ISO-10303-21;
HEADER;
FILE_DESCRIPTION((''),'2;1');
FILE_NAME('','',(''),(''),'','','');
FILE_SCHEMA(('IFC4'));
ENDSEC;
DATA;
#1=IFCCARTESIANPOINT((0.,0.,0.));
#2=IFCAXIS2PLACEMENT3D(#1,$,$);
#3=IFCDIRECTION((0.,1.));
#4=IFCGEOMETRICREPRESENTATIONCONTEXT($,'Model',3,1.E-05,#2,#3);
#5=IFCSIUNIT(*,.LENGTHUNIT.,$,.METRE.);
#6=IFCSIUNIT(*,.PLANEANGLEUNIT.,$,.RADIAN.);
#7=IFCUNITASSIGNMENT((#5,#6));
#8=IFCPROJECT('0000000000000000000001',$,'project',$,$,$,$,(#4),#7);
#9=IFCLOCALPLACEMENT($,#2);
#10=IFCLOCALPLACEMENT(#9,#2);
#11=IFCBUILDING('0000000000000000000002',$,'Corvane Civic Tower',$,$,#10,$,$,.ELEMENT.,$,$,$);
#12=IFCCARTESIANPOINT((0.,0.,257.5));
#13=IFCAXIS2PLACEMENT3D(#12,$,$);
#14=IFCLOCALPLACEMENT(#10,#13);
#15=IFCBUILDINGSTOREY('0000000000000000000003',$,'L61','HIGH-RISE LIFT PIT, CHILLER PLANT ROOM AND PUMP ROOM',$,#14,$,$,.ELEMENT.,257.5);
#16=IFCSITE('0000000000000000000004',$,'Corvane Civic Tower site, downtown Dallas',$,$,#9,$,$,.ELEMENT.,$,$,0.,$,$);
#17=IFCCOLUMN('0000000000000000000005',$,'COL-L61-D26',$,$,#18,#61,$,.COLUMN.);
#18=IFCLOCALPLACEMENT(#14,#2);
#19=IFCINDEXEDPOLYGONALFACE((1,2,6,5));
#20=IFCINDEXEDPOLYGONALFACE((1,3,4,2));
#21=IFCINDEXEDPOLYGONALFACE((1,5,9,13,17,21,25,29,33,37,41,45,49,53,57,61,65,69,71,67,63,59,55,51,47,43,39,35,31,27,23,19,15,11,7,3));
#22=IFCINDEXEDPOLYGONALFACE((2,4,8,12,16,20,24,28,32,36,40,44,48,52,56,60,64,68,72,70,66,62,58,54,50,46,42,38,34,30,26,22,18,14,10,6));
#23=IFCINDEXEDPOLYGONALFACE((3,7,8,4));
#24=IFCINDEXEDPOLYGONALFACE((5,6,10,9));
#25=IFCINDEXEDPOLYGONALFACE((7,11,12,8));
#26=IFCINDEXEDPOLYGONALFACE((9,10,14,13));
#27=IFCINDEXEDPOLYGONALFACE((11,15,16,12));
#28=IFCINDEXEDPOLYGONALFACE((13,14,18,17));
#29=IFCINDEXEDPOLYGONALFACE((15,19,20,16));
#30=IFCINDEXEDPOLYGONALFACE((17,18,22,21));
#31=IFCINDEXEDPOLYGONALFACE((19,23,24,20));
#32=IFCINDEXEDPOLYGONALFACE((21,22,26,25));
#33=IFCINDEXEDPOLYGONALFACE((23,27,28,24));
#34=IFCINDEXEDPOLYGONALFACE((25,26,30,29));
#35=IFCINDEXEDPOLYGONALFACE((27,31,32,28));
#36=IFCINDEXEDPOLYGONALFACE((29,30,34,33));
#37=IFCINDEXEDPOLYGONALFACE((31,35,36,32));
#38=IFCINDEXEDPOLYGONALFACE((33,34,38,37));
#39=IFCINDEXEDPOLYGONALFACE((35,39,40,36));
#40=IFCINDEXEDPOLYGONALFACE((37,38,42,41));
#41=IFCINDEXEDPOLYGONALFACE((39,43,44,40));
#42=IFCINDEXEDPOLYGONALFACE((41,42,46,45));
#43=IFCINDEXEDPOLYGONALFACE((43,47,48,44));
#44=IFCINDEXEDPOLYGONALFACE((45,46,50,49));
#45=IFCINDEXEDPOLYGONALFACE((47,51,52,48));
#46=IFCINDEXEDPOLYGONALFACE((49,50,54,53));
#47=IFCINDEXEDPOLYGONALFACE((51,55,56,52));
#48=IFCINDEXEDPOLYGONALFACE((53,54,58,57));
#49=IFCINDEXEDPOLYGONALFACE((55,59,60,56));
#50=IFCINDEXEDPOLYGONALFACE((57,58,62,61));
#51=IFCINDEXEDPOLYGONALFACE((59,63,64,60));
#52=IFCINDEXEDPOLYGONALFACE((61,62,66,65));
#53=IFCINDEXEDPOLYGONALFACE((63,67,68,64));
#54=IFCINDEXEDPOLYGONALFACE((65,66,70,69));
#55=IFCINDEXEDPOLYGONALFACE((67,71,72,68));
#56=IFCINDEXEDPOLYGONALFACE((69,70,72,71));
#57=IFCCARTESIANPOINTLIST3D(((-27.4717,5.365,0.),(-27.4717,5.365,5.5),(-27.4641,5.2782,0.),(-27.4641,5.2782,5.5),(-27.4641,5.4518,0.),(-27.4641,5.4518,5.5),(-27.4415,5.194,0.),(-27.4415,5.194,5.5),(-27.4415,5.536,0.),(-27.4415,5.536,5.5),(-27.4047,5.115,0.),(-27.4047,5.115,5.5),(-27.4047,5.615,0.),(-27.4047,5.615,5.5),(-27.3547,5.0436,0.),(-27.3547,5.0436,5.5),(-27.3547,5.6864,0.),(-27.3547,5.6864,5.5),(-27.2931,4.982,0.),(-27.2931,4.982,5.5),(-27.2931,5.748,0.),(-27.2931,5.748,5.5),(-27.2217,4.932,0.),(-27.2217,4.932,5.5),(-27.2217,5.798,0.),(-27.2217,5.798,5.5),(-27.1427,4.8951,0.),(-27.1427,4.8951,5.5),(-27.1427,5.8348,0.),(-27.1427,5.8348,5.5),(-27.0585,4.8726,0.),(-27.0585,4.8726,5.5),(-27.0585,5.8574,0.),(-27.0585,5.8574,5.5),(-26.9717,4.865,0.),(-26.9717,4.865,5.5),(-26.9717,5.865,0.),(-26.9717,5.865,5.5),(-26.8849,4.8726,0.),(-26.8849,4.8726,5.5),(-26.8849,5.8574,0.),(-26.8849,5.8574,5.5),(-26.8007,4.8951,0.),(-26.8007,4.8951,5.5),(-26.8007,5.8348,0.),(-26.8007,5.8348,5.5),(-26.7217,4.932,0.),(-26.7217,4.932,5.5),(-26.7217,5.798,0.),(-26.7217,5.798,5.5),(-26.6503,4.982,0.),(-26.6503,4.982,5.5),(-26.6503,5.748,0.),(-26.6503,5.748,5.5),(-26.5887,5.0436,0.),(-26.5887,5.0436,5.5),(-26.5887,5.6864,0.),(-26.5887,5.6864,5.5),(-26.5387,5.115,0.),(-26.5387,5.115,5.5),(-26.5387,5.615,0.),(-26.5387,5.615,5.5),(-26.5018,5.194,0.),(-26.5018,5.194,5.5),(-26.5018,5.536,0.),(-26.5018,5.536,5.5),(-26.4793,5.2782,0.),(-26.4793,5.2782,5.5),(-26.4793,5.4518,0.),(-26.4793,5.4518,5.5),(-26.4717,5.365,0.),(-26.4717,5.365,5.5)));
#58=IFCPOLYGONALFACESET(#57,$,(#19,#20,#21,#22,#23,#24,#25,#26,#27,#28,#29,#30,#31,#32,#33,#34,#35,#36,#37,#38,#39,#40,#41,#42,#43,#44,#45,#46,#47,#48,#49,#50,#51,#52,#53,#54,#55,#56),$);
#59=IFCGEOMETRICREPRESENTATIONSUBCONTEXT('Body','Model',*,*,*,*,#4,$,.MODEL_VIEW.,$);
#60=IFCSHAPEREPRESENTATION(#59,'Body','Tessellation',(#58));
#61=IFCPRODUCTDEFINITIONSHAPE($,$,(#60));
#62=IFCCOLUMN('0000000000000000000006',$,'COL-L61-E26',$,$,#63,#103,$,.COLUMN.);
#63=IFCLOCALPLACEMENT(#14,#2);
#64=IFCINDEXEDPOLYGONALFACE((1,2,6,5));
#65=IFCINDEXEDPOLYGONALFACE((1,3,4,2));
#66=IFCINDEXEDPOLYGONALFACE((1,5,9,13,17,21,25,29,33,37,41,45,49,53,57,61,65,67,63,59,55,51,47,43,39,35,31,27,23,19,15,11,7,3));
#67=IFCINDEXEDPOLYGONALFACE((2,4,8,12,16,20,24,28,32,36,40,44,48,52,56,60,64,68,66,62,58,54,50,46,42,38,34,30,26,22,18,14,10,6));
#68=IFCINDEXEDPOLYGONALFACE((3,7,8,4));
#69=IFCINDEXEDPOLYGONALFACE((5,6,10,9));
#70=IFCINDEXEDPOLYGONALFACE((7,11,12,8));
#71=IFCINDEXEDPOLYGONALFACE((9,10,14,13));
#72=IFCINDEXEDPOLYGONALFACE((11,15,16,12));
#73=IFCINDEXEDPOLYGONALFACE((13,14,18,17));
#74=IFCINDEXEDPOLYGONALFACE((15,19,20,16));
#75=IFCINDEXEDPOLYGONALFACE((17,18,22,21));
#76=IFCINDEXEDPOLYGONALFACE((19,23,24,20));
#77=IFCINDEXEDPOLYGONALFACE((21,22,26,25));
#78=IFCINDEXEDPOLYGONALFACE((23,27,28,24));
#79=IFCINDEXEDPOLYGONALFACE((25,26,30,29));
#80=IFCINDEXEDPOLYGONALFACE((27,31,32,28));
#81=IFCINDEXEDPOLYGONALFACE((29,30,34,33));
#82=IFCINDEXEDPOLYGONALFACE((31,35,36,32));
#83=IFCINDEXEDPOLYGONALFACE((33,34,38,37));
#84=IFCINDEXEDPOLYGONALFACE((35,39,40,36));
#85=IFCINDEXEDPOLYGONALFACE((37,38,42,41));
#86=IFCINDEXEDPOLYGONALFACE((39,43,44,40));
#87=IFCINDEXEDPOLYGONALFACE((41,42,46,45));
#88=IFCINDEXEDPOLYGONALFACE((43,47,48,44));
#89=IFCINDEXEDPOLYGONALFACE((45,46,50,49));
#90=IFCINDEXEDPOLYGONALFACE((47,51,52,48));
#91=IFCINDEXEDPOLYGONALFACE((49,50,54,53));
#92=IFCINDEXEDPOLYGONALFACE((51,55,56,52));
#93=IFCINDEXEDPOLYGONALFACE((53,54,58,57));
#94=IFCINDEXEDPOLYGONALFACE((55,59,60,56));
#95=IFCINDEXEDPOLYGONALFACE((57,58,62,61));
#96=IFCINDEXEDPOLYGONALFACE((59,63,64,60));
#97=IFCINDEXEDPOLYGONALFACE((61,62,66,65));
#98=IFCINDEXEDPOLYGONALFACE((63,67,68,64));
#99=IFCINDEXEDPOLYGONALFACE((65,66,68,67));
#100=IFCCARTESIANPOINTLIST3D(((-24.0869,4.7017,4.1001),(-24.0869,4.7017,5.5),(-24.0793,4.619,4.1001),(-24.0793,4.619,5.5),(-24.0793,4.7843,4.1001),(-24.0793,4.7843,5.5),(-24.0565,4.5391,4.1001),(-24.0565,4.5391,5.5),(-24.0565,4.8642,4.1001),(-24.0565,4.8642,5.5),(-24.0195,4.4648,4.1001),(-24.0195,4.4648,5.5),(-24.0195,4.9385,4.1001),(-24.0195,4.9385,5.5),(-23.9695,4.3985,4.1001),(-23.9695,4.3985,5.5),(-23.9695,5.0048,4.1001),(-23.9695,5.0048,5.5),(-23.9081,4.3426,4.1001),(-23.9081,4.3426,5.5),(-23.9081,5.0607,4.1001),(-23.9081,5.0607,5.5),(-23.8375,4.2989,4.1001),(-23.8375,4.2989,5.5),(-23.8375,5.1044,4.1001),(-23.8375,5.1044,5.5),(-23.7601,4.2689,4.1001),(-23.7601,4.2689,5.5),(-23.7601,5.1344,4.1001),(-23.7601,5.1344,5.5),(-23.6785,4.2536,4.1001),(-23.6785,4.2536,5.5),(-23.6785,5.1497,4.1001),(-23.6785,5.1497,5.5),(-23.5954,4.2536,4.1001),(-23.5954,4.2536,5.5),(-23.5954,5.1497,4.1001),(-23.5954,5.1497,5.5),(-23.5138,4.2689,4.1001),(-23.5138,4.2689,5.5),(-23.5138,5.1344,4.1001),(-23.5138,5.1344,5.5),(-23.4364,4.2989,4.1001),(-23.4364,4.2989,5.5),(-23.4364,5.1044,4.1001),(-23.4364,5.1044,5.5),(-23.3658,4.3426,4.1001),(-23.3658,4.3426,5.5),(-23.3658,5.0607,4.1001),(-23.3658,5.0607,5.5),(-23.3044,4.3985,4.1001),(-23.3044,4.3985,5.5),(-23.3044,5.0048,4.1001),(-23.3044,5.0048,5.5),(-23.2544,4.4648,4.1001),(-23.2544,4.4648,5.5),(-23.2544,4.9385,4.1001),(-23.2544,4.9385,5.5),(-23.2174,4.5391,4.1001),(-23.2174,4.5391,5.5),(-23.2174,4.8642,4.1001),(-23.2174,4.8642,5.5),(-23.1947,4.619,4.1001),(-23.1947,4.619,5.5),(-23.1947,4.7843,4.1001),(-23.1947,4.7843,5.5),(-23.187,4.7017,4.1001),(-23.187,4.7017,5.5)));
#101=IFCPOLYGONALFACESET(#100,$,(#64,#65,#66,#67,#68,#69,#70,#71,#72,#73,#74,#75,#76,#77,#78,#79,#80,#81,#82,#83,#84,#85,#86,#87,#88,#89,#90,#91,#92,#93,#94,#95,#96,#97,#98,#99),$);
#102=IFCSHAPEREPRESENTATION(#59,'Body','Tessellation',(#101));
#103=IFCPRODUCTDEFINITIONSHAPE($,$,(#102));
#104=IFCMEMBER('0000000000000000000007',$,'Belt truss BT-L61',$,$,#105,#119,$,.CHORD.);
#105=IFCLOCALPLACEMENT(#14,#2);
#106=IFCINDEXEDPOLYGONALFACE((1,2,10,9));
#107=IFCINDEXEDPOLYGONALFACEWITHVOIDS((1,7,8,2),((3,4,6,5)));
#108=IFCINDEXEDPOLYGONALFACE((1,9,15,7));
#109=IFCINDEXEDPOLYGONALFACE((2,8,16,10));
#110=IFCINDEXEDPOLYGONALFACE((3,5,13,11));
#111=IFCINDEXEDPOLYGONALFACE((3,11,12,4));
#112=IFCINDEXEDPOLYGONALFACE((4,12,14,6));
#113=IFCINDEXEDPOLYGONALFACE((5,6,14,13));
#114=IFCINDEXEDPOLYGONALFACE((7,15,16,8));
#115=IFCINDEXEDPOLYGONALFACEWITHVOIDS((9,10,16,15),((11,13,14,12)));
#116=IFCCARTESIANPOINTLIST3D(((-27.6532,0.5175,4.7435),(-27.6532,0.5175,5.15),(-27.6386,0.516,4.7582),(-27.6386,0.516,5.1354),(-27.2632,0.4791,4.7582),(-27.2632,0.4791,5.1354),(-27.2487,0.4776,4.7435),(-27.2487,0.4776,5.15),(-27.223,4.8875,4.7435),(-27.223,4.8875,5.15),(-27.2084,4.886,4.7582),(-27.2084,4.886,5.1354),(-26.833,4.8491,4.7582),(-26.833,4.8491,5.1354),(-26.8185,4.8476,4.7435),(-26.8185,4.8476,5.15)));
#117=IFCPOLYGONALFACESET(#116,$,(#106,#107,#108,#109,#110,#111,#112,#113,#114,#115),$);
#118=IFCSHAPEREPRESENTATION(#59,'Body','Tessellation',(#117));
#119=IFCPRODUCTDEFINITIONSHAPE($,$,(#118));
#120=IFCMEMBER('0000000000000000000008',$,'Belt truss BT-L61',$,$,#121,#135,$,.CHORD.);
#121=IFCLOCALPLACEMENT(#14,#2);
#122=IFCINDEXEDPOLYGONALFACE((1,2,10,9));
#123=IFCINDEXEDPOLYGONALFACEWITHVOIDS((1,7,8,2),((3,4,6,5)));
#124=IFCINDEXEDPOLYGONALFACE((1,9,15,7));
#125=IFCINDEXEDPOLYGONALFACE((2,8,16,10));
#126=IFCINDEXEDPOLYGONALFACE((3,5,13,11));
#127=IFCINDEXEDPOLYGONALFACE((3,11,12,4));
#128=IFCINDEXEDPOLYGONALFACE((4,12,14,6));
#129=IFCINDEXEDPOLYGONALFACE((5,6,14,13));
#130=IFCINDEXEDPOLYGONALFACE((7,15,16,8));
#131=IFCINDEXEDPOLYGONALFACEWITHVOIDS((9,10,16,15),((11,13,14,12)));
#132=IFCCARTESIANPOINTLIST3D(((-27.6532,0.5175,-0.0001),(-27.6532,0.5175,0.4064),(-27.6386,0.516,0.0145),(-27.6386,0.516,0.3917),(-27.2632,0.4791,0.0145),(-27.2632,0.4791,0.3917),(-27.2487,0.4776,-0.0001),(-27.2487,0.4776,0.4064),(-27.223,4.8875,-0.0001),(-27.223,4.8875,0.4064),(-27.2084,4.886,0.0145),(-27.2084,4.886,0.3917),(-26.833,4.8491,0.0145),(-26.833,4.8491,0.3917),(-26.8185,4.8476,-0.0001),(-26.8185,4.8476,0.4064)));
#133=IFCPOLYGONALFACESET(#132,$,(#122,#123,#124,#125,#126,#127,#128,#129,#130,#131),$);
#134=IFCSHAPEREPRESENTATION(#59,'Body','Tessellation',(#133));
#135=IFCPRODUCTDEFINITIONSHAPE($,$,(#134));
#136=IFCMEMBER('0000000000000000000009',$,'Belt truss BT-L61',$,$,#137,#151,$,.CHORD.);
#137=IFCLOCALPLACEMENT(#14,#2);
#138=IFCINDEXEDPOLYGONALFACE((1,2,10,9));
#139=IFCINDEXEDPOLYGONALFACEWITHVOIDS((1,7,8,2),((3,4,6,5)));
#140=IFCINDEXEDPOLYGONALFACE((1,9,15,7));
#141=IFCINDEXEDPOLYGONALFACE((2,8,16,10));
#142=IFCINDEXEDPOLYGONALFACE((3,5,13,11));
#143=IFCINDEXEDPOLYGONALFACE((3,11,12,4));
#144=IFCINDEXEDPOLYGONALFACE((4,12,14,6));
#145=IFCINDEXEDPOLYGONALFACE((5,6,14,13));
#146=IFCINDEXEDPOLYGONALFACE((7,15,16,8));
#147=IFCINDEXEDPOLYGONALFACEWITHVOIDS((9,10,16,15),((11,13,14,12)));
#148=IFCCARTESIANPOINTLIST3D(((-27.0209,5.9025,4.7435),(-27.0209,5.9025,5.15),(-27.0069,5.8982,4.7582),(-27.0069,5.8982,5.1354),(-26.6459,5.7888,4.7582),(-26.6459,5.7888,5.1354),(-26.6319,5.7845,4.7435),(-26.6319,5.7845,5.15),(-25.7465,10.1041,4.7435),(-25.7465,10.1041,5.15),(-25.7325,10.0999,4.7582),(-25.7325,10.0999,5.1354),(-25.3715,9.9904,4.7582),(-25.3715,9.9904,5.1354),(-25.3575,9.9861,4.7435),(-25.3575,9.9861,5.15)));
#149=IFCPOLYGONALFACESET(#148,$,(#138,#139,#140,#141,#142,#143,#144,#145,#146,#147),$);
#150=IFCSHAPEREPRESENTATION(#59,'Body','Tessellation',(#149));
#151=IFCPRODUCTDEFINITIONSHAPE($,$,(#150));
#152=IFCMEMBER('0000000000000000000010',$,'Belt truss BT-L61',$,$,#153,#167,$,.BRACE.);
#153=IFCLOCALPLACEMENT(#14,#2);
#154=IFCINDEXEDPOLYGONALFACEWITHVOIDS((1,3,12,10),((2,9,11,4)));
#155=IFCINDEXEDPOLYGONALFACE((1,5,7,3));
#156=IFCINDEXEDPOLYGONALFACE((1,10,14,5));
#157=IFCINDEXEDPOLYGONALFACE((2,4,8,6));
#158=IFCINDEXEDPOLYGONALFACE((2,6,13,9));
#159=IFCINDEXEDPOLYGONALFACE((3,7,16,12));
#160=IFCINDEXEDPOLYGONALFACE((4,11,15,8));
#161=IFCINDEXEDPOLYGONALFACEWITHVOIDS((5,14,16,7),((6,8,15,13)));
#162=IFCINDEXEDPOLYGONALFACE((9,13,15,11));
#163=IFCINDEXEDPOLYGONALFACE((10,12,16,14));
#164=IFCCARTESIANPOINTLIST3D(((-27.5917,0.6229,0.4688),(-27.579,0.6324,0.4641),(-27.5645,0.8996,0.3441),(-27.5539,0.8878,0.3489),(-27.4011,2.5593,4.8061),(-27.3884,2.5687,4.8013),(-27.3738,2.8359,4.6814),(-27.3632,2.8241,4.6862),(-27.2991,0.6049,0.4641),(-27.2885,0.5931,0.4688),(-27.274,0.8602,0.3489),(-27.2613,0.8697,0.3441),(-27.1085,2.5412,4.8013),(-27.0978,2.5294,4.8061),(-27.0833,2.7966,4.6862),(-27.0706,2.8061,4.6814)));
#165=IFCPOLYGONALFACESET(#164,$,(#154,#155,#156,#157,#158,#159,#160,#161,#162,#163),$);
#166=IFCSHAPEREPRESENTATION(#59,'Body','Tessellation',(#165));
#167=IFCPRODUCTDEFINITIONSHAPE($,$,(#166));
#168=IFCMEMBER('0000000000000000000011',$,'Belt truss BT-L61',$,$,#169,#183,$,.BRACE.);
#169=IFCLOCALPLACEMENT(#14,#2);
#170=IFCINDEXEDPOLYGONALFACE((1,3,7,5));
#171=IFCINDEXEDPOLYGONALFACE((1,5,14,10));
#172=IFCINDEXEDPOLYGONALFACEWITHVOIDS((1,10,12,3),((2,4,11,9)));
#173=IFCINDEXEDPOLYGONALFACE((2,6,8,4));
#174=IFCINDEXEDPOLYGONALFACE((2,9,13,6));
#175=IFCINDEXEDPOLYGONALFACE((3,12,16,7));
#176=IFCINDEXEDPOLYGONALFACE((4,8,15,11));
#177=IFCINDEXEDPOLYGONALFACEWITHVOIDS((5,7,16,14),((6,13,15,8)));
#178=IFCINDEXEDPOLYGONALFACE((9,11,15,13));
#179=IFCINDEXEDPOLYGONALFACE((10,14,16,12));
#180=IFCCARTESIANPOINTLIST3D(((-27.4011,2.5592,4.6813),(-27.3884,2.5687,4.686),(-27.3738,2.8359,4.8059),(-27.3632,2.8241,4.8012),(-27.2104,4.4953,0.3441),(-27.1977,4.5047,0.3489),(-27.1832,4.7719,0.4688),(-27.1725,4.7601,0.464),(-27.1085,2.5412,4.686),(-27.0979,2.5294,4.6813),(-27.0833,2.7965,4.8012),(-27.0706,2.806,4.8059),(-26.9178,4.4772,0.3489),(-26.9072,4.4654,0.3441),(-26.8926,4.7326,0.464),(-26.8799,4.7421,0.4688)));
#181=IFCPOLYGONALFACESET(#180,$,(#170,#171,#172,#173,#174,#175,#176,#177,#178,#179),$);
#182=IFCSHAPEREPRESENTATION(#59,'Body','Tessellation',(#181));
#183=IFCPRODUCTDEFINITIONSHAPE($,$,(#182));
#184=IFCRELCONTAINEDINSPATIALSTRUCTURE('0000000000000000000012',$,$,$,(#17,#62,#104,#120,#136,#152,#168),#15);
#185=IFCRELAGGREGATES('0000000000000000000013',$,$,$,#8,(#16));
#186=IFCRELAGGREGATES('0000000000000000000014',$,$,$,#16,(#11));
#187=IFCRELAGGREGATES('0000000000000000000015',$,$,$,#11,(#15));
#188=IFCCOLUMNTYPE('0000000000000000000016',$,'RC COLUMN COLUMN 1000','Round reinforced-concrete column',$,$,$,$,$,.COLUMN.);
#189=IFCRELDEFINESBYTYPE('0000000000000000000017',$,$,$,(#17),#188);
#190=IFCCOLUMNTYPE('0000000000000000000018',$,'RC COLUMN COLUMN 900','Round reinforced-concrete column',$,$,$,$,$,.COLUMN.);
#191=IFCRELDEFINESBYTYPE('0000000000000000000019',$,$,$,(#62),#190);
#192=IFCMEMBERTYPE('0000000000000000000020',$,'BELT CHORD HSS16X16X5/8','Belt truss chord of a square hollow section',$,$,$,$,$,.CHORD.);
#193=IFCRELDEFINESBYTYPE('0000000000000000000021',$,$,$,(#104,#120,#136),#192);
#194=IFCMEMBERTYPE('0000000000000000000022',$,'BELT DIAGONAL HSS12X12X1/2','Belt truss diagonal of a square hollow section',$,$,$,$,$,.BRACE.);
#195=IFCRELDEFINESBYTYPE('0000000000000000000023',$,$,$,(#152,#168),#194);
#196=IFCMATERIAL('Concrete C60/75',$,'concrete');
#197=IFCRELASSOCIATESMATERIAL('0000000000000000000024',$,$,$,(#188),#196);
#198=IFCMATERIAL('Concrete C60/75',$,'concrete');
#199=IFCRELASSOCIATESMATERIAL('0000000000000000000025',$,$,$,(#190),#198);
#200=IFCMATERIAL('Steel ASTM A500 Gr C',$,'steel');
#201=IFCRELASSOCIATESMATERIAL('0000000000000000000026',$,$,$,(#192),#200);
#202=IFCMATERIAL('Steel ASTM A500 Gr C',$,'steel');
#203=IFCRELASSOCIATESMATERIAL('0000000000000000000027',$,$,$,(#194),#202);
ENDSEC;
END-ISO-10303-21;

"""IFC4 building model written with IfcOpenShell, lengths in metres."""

from ifc_helpers import new_model, si_unit, direction, frame, origin, origin_2d, place, context, subcontext, project, spatial, hollow_rectangle, circle, extrude, material, material_profile, profile_set, type_object, element, save


model = new_model("IFC4")

# Units and contexts
model_context = context("Model", 3, precision=1e-05, world=origin(), true_north=direction((0.0, 1.0)))
body_context = subcontext(model_context, "Body", "Model", "MODEL_VIEW")
ifc_project = project(units=[si_unit("LENGTHUNIT", "METRE"), si_unit("PLANEANGLEUNIT", "RADIAN")], contexts=[model_context])

# Site, building, storey
site_placement = place(None, origin())
site = spatial("IfcSite", under=ifc_project, at=site_placement, Name="Corvane Civic Tower site, downtown Dallas", CompositionType="ELEMENT", RefElevation=0.0)
building_placement = place(site_placement, origin())
building = spatial("IfcBuilding", under=site, at=building_placement, Name="Corvane Civic Tower", CompositionType="ELEMENT")
storey_placement = place(building_placement, frame((0.0, 0.0, 257.5)))
storey = spatial("IfcBuildingStorey", under=building, at=storey_placement, Name="L61", Description="HIGH-RISE LIFT PIT, CHILLER PLANT ROOM AND PUMP ROOM", CompositionType="ELEMENT", Elevation=257.5)

# Columns
ifc_material_1 = material(Name="Concrete C60/75", Category="concrete")
ifc_material_profile_1 = material_profile(ifc_material_1, circle(Radius=0.5, at=origin_2d()), Name="COLUMN 1000")
ifc_profile_set_1 = profile_set([ifc_material_profile_1], Name="Concrete C60/75")
column_type_1 = type_object("IfcColumnType", Name="RC COLUMN COLUMN 1000", Description="Round reinforced-concrete column", PredefinedType="COLUMN", material=ifc_profile_set_1)
column_1_placement = place(storey_placement, frame((-26.9717, 5.365, 0.0), z_axis=(0.0, 0.0, 1.0), x_axis=(1.0, 0.0, 0.0)))
element("IfcColumn", 1, at=column_1_placement, inside=storey, type_object=column_type_1, Name="COL-L61-D26", PredefinedType="COLUMN", context=body_context, shape_type="SweptSolid", body=[
    extrude(circle(Radius=0.5, at=origin_2d()), origin(), (0.0, 0.0, 1.0), 5.5),
])
ifc_material_2 = material(Name="Concrete C60/75", Category="concrete")
ifc_material_profile_2 = material_profile(ifc_material_2, circle(Radius=0.45, at=origin_2d()), Name="COLUMN 900")
ifc_profile_set_2 = profile_set([ifc_material_profile_2], Name="Concrete C60/75")
column_type_2 = type_object("IfcColumnType", Name="RC COLUMN COLUMN 900", Description="Round reinforced-concrete column", PredefinedType="COLUMN", material=ifc_profile_set_2)
column_2_placement = place(storey_placement, frame((-23.637, 4.7017, 4.1001), z_axis=(0.0, 0.0, 1.0), x_axis=(1.0, 0.0, 0.0)))
element("IfcColumn", 2, at=column_2_placement, inside=storey, type_object=column_type_2, Name="COL-L61-E26", PredefinedType="COLUMN", context=body_context, shape_type="SweptSolid", body=[
    extrude(circle(Radius=0.45, at=origin_2d()), origin(), (0.0, 0.0, 1.0), 1.3999),
])

# Members
ifc_material_3 = material(Name="Steel ASTM A500 Gr C", Category="steel")
ifc_material_profile_3 = material_profile(ifc_material_3, hollow_rectangle(XDim=0.4065, YDim=0.4065, WallThickness=0.0146, at=origin_2d()), Name="HSS16X16X5/8")
ifc_profile_set_3 = profile_set([ifc_material_profile_3], Name="Steel ASTM A500 Gr C")
member_type_1 = type_object("IfcMemberType", Name="BELT CHORD HSS16X16X5/8", Description="Belt truss chord of a square hollow section", PredefinedType="CHORD", material=ifc_profile_set_3)
for number, where, z_axis, x_axis, name in (
    (3, (-27.4509, 0.4976, 4.9468), (0.097968, 0.99519, 0.0), (-0.99519, 0.097968, 0.0), "Belt truss BT-L61"),
    (4, (-27.4509, 0.4976, 0.2031), (0.097968, 0.99519, 0.0), (-0.99519, 0.097968, 0.0), "Belt truss BT-L61"),
):
    element("IfcMember", number, at=place(storey_placement, frame(where, z_axis=z_axis, x_axis=x_axis)), inside=storey, type_object=member_type_1, Name=name, PredefinedType="CHORD", context=body_context, shape_type="SweptSolid", body=[
        extrude(hollow_rectangle(XDim=0.4065, YDim=0.4065, WallThickness=0.0146, at=origin_2d()), origin(), (0.0, 0.0, 1.0), 4.3911),
    ])
member_1_placement = place(storey_placement, frame((-26.8264, 5.8435, 4.9468), z_axis=(0.290254, 0.95695, 0.0), x_axis=(-0.95695, 0.290254, 0.0)))
element("IfcMember", 5, at=member_1_placement, inside=storey, type_object=member_type_1, Name="Belt truss BT-L61", PredefinedType="CHORD", context=body_context, shape_type="SweptSolid", body=[
    extrude(hollow_rectangle(XDim=0.4065, YDim=0.4065, WallThickness=0.0146, at=origin_2d()), origin(), (0.0, 0.0, 1.0), 4.3906),
])
ifc_material_4 = material(Name="Steel ASTM A500 Gr C", Category="steel")
ifc_material_profile_4 = material_profile(ifc_material_4, hollow_rectangle(XDim=0.3047, YDim=0.3047, WallThickness=0.0117, at=origin_2d()), Name="HSS12X12X1/2")
ifc_profile_set_4 = profile_set([ifc_material_profile_4], Name="Steel ASTM A500 Gr C")
member_type_2 = type_object("IfcMemberType", Name="BELT DIAGONAL HSS12X12X1/2", Description="Belt truss diagonal of a square hollow section", PredefinedType="BRACE", material=ifc_profile_set_4)
member_2_placement = place(storey_placement, frame((-27.4265, 0.7463, 0.4065), z_axis=(0.040112, 0.407331, 0.912399), x_axis=(-0.995186, 0.098, 0.0)))
element("IfcMember", 6, at=member_2_placement, inside=storey, type_object=member_type_2, Name="Belt truss BT-L61", PredefinedType="BRACE", context=body_context, shape_type="SweptSolid", body=[
    extrude(hollow_rectangle(XDim=0.3047, YDim=0.3047, WallThickness=0.0117, at=origin_2d()), origin(), (0.0, 0.0, 1.0), 4.7537),
])
member_3_placement = place(storey_placement, frame((-27.0452, 4.6187, 0.4065), z_axis=(-0.040113, -0.407288, 0.912418), x_axis=(0.995185, -0.098013, 0.0)))
element("IfcMember", 7, at=member_3_placement, inside=storey, type_object=member_type_2, Name="Belt truss BT-L61", PredefinedType="BRACE", context=body_context, shape_type="SweptSolid", body=[
    extrude(hollow_rectangle(XDim=0.3047, YDim=0.3047, WallThickness=0.0117, at=origin_2d()), origin(), (0.0, 0.0, 1.0), 4.7534),
])

save(model, "model.ifc")
